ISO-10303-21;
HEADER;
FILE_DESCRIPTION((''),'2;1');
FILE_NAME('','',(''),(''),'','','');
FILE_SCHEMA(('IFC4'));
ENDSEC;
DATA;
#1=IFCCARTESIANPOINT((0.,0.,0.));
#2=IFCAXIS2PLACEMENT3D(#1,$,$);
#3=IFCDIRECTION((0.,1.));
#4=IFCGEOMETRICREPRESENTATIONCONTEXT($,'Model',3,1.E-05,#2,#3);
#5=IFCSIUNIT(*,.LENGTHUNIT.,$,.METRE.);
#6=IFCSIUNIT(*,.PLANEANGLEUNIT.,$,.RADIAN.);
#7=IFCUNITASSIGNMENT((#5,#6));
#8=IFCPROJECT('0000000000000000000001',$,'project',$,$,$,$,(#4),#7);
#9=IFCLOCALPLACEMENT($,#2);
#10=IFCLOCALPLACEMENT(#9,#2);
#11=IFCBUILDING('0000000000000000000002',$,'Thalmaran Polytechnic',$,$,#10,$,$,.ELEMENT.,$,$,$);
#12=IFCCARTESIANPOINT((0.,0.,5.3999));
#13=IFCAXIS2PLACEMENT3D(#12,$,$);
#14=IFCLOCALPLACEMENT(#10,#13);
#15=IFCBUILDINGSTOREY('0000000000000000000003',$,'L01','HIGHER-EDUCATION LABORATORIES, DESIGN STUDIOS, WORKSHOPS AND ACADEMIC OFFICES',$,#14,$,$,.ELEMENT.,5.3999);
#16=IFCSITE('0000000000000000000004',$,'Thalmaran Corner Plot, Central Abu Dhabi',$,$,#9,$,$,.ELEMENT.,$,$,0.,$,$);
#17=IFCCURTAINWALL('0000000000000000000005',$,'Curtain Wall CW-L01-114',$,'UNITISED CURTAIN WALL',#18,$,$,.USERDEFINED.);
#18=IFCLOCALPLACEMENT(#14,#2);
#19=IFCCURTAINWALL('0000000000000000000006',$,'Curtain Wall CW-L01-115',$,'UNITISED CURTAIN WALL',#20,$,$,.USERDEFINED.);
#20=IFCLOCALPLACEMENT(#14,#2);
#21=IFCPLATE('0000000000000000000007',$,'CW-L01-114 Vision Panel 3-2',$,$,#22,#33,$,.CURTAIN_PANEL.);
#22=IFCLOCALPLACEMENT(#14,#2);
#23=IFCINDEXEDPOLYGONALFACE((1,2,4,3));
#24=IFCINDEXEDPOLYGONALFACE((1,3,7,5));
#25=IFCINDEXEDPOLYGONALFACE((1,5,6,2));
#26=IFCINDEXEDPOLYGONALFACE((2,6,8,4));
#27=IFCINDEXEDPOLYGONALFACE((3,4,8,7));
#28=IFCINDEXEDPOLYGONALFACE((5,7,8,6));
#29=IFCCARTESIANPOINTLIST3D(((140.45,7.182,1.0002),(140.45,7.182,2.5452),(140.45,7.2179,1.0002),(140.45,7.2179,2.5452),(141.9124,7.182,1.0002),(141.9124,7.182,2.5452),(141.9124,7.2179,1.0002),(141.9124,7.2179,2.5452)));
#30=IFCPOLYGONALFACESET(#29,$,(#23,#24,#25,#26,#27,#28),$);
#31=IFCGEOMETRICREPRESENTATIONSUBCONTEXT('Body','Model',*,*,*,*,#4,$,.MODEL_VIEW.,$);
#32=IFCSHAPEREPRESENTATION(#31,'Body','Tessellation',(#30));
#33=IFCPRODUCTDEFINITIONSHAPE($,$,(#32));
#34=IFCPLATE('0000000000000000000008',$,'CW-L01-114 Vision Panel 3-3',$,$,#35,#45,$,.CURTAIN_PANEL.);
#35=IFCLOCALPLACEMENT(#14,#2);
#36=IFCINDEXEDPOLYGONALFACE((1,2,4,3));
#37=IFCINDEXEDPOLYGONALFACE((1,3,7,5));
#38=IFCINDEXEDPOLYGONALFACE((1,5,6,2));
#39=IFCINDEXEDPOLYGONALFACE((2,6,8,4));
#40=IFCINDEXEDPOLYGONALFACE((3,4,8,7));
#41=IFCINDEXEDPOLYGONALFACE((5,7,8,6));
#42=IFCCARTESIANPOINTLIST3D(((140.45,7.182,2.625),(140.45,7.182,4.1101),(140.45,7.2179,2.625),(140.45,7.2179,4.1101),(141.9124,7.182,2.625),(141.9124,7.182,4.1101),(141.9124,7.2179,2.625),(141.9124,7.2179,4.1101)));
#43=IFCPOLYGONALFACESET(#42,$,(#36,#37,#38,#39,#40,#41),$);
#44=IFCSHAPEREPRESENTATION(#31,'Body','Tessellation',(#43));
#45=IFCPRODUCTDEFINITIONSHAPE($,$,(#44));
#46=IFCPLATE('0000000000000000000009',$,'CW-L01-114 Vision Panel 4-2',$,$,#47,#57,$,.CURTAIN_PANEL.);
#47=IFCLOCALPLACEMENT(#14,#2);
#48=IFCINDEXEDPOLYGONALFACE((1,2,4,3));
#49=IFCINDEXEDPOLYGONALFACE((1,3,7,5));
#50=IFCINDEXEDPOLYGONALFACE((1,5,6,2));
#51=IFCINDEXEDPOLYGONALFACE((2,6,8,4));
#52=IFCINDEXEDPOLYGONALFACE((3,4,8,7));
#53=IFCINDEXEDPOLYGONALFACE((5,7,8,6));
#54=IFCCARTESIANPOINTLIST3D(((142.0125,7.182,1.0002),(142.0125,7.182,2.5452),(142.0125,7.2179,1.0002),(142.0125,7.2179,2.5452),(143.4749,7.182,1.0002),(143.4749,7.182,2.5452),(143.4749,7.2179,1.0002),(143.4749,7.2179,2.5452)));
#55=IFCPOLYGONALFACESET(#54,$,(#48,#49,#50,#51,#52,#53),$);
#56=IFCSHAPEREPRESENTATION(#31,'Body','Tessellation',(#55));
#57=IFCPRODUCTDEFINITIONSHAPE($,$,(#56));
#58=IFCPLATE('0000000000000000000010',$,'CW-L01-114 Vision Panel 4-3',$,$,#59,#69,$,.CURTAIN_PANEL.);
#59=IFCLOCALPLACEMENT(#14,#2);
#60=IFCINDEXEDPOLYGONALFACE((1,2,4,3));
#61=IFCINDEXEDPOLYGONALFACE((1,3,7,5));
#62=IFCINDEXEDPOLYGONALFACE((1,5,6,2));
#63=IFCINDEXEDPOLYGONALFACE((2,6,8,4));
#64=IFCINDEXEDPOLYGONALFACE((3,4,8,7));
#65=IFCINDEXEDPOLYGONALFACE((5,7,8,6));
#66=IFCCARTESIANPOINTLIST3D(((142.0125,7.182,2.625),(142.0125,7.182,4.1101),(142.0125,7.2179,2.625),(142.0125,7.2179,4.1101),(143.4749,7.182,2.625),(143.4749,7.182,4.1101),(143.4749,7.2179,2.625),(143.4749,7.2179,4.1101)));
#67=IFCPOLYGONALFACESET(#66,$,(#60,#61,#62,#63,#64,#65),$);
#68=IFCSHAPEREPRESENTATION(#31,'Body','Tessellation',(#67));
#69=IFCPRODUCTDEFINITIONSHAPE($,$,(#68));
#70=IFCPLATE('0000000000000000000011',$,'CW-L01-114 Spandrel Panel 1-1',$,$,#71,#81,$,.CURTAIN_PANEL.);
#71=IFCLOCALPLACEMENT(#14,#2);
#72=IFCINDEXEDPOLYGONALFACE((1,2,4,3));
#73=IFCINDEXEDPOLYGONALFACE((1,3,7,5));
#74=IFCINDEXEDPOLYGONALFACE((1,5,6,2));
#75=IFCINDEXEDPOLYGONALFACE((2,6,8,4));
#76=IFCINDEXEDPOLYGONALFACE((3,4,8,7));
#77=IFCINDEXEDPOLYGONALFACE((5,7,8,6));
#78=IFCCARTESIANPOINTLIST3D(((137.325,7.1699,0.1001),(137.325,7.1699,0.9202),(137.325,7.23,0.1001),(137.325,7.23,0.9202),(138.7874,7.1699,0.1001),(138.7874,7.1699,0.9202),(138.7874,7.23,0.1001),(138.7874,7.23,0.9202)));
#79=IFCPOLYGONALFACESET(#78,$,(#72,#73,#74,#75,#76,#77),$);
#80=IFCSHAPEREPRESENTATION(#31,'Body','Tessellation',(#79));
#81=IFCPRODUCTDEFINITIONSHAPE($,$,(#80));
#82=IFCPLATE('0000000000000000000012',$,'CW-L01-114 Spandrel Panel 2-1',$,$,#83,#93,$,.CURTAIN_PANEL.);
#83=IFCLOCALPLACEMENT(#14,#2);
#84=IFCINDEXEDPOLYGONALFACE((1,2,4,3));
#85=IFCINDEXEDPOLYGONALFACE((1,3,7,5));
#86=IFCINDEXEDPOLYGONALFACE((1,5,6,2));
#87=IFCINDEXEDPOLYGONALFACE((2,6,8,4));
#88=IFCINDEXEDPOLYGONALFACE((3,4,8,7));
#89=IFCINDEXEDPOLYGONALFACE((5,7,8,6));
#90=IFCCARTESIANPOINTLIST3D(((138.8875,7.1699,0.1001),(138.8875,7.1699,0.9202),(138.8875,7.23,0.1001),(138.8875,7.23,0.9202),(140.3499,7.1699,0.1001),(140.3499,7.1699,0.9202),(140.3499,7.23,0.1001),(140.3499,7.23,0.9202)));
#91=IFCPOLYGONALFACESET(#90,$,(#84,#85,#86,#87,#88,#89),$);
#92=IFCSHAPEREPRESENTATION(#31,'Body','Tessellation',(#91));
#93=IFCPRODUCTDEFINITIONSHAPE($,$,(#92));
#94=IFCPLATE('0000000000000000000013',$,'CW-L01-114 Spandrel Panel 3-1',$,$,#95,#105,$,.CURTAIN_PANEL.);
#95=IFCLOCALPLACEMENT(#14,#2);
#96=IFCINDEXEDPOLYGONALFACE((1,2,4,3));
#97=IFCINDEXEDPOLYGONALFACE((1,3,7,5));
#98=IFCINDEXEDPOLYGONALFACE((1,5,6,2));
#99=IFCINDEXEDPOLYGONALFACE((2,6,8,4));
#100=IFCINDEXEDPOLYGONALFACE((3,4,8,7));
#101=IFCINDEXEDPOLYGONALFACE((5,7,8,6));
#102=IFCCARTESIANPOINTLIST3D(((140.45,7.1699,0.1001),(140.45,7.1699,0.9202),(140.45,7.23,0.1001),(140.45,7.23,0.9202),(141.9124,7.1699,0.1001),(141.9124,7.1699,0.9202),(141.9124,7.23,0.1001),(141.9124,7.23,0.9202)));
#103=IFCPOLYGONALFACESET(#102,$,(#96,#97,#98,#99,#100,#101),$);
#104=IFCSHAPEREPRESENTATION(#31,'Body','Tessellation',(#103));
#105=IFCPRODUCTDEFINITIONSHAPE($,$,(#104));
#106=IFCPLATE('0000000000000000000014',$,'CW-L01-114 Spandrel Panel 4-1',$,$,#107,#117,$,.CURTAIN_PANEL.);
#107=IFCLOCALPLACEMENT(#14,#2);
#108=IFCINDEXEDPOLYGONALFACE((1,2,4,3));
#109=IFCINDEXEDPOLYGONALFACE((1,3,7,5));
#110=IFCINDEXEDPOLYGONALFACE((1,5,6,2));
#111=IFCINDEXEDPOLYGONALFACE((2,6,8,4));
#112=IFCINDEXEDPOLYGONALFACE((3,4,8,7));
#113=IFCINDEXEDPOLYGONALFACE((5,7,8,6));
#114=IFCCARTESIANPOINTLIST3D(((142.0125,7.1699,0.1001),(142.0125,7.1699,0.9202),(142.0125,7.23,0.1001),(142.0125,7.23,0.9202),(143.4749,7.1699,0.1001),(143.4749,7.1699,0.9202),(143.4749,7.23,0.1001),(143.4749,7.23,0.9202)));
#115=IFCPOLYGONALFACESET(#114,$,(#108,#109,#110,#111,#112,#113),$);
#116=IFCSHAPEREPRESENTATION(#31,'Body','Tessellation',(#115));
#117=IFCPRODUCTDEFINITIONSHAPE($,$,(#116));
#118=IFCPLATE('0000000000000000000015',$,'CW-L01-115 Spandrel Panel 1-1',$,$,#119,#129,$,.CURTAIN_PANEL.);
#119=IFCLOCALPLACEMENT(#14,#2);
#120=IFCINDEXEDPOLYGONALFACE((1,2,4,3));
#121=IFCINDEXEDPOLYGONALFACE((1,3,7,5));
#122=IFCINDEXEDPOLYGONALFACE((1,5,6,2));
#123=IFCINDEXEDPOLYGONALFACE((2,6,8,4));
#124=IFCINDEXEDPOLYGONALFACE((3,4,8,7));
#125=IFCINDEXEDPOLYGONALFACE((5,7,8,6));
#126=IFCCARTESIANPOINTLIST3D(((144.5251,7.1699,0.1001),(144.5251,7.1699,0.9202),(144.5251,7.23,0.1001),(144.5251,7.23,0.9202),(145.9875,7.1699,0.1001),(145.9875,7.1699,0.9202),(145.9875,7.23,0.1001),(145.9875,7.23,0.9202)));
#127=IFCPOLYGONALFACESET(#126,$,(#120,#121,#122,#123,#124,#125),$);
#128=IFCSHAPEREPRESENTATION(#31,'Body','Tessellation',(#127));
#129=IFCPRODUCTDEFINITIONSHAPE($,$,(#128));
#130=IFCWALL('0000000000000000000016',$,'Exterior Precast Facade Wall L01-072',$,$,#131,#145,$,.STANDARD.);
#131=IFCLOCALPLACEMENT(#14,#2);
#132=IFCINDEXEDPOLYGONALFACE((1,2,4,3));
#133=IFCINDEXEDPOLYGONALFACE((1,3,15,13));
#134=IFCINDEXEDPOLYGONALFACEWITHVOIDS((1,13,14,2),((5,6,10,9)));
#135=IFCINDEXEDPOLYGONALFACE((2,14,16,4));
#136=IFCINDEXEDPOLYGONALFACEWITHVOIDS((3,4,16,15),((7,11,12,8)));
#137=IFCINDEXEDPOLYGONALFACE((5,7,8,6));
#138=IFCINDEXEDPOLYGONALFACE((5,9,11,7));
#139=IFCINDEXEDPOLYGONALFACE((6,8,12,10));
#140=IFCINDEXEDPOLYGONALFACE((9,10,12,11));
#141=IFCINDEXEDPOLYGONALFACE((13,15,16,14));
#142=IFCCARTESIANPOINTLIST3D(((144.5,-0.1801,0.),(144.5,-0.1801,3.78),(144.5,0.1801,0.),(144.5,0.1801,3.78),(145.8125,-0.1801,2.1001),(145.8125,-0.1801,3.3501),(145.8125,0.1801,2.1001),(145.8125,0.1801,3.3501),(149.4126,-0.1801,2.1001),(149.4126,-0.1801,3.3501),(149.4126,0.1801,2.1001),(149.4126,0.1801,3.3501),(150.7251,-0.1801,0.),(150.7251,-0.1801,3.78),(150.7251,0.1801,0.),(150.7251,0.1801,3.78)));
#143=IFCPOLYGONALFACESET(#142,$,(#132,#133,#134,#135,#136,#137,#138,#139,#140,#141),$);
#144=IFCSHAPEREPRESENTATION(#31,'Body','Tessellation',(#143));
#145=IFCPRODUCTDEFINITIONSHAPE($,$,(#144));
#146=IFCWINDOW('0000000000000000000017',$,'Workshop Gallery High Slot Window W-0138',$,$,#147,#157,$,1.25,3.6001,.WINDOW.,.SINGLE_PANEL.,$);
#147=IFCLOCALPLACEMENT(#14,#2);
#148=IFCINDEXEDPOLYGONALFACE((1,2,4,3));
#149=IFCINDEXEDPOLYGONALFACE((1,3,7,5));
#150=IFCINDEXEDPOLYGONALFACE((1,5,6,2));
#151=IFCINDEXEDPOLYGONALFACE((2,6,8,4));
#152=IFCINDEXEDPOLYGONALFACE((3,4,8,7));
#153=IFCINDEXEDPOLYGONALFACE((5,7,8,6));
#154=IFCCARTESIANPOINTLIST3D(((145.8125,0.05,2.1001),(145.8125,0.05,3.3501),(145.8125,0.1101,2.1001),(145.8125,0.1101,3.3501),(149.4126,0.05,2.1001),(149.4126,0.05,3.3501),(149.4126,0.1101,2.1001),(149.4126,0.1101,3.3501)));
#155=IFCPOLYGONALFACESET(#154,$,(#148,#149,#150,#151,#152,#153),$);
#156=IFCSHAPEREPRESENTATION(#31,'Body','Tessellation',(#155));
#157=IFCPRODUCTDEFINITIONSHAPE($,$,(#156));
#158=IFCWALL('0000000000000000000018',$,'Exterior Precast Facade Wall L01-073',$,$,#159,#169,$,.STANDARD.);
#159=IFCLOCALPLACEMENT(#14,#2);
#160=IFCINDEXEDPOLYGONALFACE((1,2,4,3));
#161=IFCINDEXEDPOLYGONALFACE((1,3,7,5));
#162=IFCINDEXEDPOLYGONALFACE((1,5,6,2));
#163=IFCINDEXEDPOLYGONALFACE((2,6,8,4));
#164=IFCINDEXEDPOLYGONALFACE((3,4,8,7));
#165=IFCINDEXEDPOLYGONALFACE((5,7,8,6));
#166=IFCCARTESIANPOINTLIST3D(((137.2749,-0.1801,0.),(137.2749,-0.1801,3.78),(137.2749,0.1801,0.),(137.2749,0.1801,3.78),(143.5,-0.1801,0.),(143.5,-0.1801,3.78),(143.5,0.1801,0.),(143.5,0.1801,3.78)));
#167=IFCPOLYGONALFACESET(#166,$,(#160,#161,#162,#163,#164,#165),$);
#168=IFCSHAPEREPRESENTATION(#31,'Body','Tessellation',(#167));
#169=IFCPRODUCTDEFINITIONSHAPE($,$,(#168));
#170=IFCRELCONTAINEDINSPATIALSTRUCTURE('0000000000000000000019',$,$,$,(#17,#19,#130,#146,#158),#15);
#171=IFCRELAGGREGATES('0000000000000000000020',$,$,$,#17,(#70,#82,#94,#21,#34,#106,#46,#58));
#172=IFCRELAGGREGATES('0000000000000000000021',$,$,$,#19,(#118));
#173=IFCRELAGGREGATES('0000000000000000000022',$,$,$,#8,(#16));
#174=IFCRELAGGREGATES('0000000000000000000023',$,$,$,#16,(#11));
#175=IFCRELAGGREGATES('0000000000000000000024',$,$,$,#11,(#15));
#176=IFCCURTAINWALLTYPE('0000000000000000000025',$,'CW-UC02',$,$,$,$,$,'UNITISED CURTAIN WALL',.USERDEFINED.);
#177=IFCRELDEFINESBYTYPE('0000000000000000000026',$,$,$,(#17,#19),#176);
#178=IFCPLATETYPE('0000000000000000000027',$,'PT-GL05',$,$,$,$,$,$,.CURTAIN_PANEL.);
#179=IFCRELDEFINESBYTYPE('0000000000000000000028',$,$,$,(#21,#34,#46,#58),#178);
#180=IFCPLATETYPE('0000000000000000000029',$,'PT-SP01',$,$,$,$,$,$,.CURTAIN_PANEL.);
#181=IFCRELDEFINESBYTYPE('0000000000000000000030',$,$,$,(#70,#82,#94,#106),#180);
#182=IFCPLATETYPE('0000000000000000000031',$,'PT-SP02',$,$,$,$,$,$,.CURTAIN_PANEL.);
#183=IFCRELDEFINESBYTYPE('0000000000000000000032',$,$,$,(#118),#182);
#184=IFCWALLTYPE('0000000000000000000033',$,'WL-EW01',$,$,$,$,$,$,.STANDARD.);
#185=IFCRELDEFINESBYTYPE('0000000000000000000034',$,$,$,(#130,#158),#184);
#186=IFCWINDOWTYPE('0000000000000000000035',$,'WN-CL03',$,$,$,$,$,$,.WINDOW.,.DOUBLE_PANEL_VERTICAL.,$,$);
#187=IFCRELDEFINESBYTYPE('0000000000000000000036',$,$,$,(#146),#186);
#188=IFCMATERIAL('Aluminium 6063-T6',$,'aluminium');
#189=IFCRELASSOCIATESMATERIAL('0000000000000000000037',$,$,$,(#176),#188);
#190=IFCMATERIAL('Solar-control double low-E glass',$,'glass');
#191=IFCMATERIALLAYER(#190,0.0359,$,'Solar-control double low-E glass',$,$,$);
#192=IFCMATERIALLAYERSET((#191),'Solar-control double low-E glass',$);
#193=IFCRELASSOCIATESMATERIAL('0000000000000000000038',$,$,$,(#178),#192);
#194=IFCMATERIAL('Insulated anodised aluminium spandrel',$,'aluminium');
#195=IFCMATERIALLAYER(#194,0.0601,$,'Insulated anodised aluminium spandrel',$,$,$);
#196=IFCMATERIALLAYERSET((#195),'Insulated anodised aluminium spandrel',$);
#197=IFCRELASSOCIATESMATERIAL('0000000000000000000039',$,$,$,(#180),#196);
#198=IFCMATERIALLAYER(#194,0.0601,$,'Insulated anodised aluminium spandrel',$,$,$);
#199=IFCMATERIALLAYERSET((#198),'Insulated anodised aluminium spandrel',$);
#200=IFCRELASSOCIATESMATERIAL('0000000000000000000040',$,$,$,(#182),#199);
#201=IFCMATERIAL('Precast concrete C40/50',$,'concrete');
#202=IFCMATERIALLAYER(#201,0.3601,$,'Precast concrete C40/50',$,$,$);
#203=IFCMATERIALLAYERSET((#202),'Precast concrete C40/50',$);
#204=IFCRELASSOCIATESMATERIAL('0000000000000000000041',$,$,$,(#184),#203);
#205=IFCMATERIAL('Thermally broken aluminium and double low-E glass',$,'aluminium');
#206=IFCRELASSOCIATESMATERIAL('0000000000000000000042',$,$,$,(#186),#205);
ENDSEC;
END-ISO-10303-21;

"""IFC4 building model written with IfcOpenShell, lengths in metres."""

from ifc_helpers import new_model, si_unit, direction, frame, frame_2d, origin, origin_2d, place, context, subcontext, project, spatial, rectangle, extrude, material, layer, layer_set, type_object, element, fill, aggregate, save


model = new_model("IFC4")

# Units and contexts
model_context = context("Model", 3, precision=1e-05, world=origin(), true_north=direction((0.0, 1.0)))
body_context = subcontext(model_context, "Body", "Model", "MODEL_VIEW")
ifc_project = project(units=[si_unit("LENGTHUNIT", "METRE"), si_unit("PLANEANGLEUNIT", "RADIAN")], contexts=[model_context])

# Site, building, storey
site_placement = place(None, origin())
site = spatial("IfcSite", under=ifc_project, at=site_placement, Name="Thalmaran Corner Plot, Central Abu Dhabi", CompositionType="ELEMENT", RefElevation=0.0)
building_placement = place(site_placement, origin())
building = spatial("IfcBuilding", under=site, at=building_placement, Name="Thalmaran Polytechnic", CompositionType="ELEMENT")
storey_placement = place(building_placement, frame((0.0, 0.0, 5.3999)))
storey = spatial("IfcBuildingStorey", under=building, at=storey_placement, Name="L01", Description="HIGHER-EDUCATION LABORATORIES, DESIGN STUDIOS, WORKSHOPS AND ACADEMIC OFFICES", CompositionType="ELEMENT", Elevation=5.3999)

# Curtain wall
ifc_material_1 = material(Name="Aluminium 6063-T6", Category="aluminium")
curtain_wall_type = type_object("IfcCurtainWallType", Name="CW-UC02", ElementType="UNITISED CURTAIN WALL", PredefinedType="USERDEFINED", material=ifc_material_1)
curtain_wall_1_placement = place(storey_placement, origin())
curtain_wall_1 = element("IfcCurtainWall", 1, at=curtain_wall_1_placement, inside=storey, type_object=curtain_wall_type, Name="Curtain Wall CW-L01-114", ObjectType="UNITISED CURTAIN WALL", PredefinedType="USERDEFINED")

# Curtain wall
curtain_wall_2_placement = place(storey_placement, origin())
curtain_wall_2 = element("IfcCurtainWall", 2, at=curtain_wall_2_placement, inside=storey, type_object=curtain_wall_type, Name="Curtain Wall CW-L01-115", ObjectType="UNITISED CURTAIN WALL", PredefinedType="USERDEFINED")
ifc_material_2 = material(Name="Solar-control double low-E glass", Category="glass")

# Plates
ifc_layer_1 = layer(ifc_material_2, 0.0359, Name="Solar-control double low-E glass")
ifc_layer_set_1 = layer_set([ifc_layer_1], Name="Solar-control double low-E glass")
plate_type_1 = type_object("IfcPlateType", Name="PT-GL05", PredefinedType="CURTAIN_PANEL", material=ifc_layer_set_1)
plate_1_placement = place(storey_placement, frame((141.1812, 7.2, 1.0002), z_axis=(0.0, 0.0, 1.0), x_axis=(1.0, 0.0, 0.0)))
plate_1 = element("IfcPlate", 3, at=plate_1_placement, type_object=plate_type_1, Name="CW-L01-114 Vision Panel 3-2", PredefinedType="CURTAIN_PANEL", context=body_context, shape_type="SweptSolid", body=[
    extrude(rectangle(XDim=1.4624, YDim=0.0359, at=origin_2d()), origin(), (0.0, 0.0, 1.0), 1.5449),
])
plate_2_placement = place(storey_placement, frame((141.1812, 7.2, 2.625), z_axis=(0.0, 0.0, 1.0), x_axis=(1.0, 0.0, 0.0)))
plate_2 = element("IfcPlate", 4, at=plate_2_placement, type_object=plate_type_1, Name="CW-L01-114 Vision Panel 3-3", PredefinedType="CURTAIN_PANEL", context=body_context, shape_type="SweptSolid", body=[
    extrude(rectangle(XDim=1.4624, YDim=0.0359, at=origin_2d()), origin(), (0.0, 0.0, 1.0), 1.4851),
])
plate_3_placement = place(storey_placement, frame((142.7437, 7.2, 1.0002), z_axis=(0.0, 0.0, 1.0), x_axis=(1.0, 0.0, 0.0)))
plate_3 = element("IfcPlate", 5, at=plate_3_placement, type_object=plate_type_1, Name="CW-L01-114 Vision Panel 4-2", PredefinedType="CURTAIN_PANEL", context=body_context, shape_type="SweptSolid", body=[
    extrude(rectangle(XDim=1.4624, YDim=0.0359, at=origin_2d()), origin(), (0.0, 0.0, 1.0), 1.5449),
])
plate_4_placement = place(storey_placement, frame((142.7437, 7.2, 2.625), z_axis=(0.0, 0.0, 1.0), x_axis=(1.0, 0.0, 0.0)))
plate_4 = element("IfcPlate", 6, at=plate_4_placement, type_object=plate_type_1, Name="CW-L01-114 Vision Panel 4-3", PredefinedType="CURTAIN_PANEL", context=body_context, shape_type="SweptSolid", body=[
    extrude(rectangle(XDim=1.4624, YDim=0.0359, at=origin_2d()), origin(), (0.0, 0.0, 1.0), 1.4851),
])
ifc_material_3 = material(Name="Insulated anodised aluminium spandrel", Category="aluminium")
ifc_layer_2 = layer(ifc_material_3, 0.0601, Name="Insulated anodised aluminium spandrel")
ifc_layer_set_2 = layer_set([ifc_layer_2], Name="Insulated anodised aluminium spandrel")
plate_type_2 = type_object("IfcPlateType", Name="PT-SP01", PredefinedType="CURTAIN_PANEL", material=ifc_layer_set_2)
plate_5_placement = place(storey_placement, frame((138.0562, 7.2, 0.1001), z_axis=(0.0, 0.0, 1.0), x_axis=(1.0, 0.0, 0.0)))
plate_5 = element("IfcPlate", 7, at=plate_5_placement, type_object=plate_type_2, Name="CW-L01-114 Spandrel Panel 1-1", PredefinedType="CURTAIN_PANEL", context=body_context, shape_type="SweptSolid", body=[
    extrude(rectangle(XDim=1.4624, YDim=0.0601, at=origin_2d()), origin(), (0.0, 0.0, 1.0), 0.8201),
])
plate_6_placement = place(storey_placement, frame((139.6187, 7.2, 0.1001), z_axis=(0.0, 0.0, 1.0), x_axis=(1.0, 0.0, 0.0)))
plate_6 = element("IfcPlate", 8, at=plate_6_placement, type_object=plate_type_2, Name="CW-L01-114 Spandrel Panel 2-1", PredefinedType="CURTAIN_PANEL", context=body_context, shape_type="SweptSolid", body=[
    extrude(rectangle(XDim=1.4624, YDim=0.0601, at=origin_2d()), origin(), (0.0, 0.0, 1.0), 0.8201),
])
plate_7_placement = place(storey_placement, frame((141.1812, 7.2, 0.1001), z_axis=(0.0, 0.0, 1.0), x_axis=(1.0, 0.0, 0.0)))
plate_7 = element("IfcPlate", 9, at=plate_7_placement, type_object=plate_type_2, Name="CW-L01-114 Spandrel Panel 3-1", PredefinedType="CURTAIN_PANEL", context=body_context, shape_type="SweptSolid", body=[
    extrude(rectangle(XDim=1.4624, YDim=0.0601, at=origin_2d()), origin(), (0.0, 0.0, 1.0), 0.8201),
])
plate_8_placement = place(storey_placement, frame((142.7437, 7.2, 0.1001), z_axis=(0.0, 0.0, 1.0), x_axis=(1.0, 0.0, 0.0)))
plate_8 = element("IfcPlate", 10, at=plate_8_placement, type_object=plate_type_2, Name="CW-L01-114 Spandrel Panel 4-1", PredefinedType="CURTAIN_PANEL", context=body_context, shape_type="SweptSolid", body=[
    extrude(rectangle(XDim=1.4624, YDim=0.0601, at=origin_2d()), origin(), (0.0, 0.0, 1.0), 0.8201),
])
aggregate(curtain_wall_1, [plate_5, plate_6, plate_7, plate_1, plate_2, plate_8, plate_3, plate_4])
ifc_layer_3 = layer(ifc_material_3, 0.0601, Name="Insulated anodised aluminium spandrel")
ifc_layer_set_3 = layer_set([ifc_layer_3], Name="Insulated anodised aluminium spandrel")
plate_type_3 = type_object("IfcPlateType", Name="PT-SP02", PredefinedType="CURTAIN_PANEL", material=ifc_layer_set_3)
plate_9_placement = place(storey_placement, frame((145.2563, 7.2, 0.1001), z_axis=(0.0, 0.0, 1.0), x_axis=(1.0, 0.0, 0.0)))
plate_9 = element("IfcPlate", 11, at=plate_9_placement, type_object=plate_type_3, Name="CW-L01-115 Spandrel Panel 1-1", PredefinedType="CURTAIN_PANEL", context=body_context, shape_type="SweptSolid", body=[
    extrude(rectangle(XDim=1.4624, YDim=0.0601, at=origin_2d()), origin(), (0.0, 0.0, 1.0), 0.8201),
])
aggregate(curtain_wall_2, [plate_9])

# Wall, opening, window
ifc_material_4 = material(Name="Precast concrete C40/50", Category="concrete")
ifc_layer_4 = layer(ifc_material_4, 0.3601, Name="Precast concrete C40/50")
ifc_layer_set_4 = layer_set([ifc_layer_4], Name="Precast concrete C40/50")
wall_type = type_object("IfcWallType", Name="WL-EW01", PredefinedType="STANDARD", material=ifc_layer_set_4)
wall_1_placement = place(storey_placement, frame((150.7251, 0.0, 0.0), z_axis=(0.0, 0.0, 1.0), x_axis=(-1.0, 0.0, 0.0)))
wall_1 = element("IfcWall", 12, at=wall_1_placement, inside=storey, type_object=wall_type, Name="Exterior Precast Facade Wall L01-072", PredefinedType="STANDARD", context=body_context, shape_type="SweptSolid", body=[
    extrude(rectangle(XDim=6.2251, YDim=0.3601, at=frame_2d((3.1125, 0.0))), origin(), (0.0, 0.0, 1.0), 3.78),
])
opening_placement = place(wall_1_placement, frame((1.3125, 0.0, 2.1001)))
opening = element("IfcOpeningElement", 13, at=opening_placement, cuts=wall_1, PredefinedType="OPENING", context=body_context, shape_type="SweptSolid", body=[
    extrude(rectangle(XDim=3.6001, YDim=1.25, at=frame_2d((1.8, 0.625))), frame((0.0, 0.1899, 0.0), z_axis=(0.0, -1.0, 0.0), x_axis=(1.0, 0.0, 0.0)), (0.0, 0.0, 1.0), 0.3801),
])
ifc_material_5 = material(Name="Thermally broken aluminium and double low-E glass", Category="aluminium")
window_type = type_object("IfcWindowType", Name="WN-CL03", PartitioningType="DOUBLE_PANEL_VERTICAL", PredefinedType="WINDOW", material=ifc_material_5)
window_placement = place(opening_placement, origin())
window = element("IfcWindow", 14, at=window_placement, inside=storey, type_object=window_type, Name="Workshop Gallery High Slot Window W-0138", OverallHeight=1.25, OverallWidth=3.6001, PartitioningType="SINGLE_PANEL", PredefinedType="WINDOW", context=body_context, shape_type="SweptSolid", body=[
    extrude(rectangle(XDim=3.6001, YDim=1.25, at=frame_2d((1.8, 0.625))), frame((0.0, -0.05, 0.0), z_axis=(0.0, -1.0, 0.0), x_axis=(1.0, 0.0, 0.0)), (0.0, 0.0, 1.0), 0.0601),
])
fill(opening, window)

# Wall
wall_2_placement = place(storey_placement, frame((143.5, 0.0, 0.0), z_axis=(0.0, 0.0, 1.0), x_axis=(-1.0, 0.0, 0.0)))
element("IfcWall", 15, at=wall_2_placement, inside=storey, type_object=wall_type, Name="Exterior Precast Facade Wall L01-073", PredefinedType="STANDARD", context=body_context, shape_type="SweptSolid", body=[
    extrude(rectangle(XDim=6.2251, YDim=0.3601, at=frame_2d((3.1125, 0.0))), origin(), (0.0, 0.0, 1.0), 3.78),
])

save(model, "model.ifc")
